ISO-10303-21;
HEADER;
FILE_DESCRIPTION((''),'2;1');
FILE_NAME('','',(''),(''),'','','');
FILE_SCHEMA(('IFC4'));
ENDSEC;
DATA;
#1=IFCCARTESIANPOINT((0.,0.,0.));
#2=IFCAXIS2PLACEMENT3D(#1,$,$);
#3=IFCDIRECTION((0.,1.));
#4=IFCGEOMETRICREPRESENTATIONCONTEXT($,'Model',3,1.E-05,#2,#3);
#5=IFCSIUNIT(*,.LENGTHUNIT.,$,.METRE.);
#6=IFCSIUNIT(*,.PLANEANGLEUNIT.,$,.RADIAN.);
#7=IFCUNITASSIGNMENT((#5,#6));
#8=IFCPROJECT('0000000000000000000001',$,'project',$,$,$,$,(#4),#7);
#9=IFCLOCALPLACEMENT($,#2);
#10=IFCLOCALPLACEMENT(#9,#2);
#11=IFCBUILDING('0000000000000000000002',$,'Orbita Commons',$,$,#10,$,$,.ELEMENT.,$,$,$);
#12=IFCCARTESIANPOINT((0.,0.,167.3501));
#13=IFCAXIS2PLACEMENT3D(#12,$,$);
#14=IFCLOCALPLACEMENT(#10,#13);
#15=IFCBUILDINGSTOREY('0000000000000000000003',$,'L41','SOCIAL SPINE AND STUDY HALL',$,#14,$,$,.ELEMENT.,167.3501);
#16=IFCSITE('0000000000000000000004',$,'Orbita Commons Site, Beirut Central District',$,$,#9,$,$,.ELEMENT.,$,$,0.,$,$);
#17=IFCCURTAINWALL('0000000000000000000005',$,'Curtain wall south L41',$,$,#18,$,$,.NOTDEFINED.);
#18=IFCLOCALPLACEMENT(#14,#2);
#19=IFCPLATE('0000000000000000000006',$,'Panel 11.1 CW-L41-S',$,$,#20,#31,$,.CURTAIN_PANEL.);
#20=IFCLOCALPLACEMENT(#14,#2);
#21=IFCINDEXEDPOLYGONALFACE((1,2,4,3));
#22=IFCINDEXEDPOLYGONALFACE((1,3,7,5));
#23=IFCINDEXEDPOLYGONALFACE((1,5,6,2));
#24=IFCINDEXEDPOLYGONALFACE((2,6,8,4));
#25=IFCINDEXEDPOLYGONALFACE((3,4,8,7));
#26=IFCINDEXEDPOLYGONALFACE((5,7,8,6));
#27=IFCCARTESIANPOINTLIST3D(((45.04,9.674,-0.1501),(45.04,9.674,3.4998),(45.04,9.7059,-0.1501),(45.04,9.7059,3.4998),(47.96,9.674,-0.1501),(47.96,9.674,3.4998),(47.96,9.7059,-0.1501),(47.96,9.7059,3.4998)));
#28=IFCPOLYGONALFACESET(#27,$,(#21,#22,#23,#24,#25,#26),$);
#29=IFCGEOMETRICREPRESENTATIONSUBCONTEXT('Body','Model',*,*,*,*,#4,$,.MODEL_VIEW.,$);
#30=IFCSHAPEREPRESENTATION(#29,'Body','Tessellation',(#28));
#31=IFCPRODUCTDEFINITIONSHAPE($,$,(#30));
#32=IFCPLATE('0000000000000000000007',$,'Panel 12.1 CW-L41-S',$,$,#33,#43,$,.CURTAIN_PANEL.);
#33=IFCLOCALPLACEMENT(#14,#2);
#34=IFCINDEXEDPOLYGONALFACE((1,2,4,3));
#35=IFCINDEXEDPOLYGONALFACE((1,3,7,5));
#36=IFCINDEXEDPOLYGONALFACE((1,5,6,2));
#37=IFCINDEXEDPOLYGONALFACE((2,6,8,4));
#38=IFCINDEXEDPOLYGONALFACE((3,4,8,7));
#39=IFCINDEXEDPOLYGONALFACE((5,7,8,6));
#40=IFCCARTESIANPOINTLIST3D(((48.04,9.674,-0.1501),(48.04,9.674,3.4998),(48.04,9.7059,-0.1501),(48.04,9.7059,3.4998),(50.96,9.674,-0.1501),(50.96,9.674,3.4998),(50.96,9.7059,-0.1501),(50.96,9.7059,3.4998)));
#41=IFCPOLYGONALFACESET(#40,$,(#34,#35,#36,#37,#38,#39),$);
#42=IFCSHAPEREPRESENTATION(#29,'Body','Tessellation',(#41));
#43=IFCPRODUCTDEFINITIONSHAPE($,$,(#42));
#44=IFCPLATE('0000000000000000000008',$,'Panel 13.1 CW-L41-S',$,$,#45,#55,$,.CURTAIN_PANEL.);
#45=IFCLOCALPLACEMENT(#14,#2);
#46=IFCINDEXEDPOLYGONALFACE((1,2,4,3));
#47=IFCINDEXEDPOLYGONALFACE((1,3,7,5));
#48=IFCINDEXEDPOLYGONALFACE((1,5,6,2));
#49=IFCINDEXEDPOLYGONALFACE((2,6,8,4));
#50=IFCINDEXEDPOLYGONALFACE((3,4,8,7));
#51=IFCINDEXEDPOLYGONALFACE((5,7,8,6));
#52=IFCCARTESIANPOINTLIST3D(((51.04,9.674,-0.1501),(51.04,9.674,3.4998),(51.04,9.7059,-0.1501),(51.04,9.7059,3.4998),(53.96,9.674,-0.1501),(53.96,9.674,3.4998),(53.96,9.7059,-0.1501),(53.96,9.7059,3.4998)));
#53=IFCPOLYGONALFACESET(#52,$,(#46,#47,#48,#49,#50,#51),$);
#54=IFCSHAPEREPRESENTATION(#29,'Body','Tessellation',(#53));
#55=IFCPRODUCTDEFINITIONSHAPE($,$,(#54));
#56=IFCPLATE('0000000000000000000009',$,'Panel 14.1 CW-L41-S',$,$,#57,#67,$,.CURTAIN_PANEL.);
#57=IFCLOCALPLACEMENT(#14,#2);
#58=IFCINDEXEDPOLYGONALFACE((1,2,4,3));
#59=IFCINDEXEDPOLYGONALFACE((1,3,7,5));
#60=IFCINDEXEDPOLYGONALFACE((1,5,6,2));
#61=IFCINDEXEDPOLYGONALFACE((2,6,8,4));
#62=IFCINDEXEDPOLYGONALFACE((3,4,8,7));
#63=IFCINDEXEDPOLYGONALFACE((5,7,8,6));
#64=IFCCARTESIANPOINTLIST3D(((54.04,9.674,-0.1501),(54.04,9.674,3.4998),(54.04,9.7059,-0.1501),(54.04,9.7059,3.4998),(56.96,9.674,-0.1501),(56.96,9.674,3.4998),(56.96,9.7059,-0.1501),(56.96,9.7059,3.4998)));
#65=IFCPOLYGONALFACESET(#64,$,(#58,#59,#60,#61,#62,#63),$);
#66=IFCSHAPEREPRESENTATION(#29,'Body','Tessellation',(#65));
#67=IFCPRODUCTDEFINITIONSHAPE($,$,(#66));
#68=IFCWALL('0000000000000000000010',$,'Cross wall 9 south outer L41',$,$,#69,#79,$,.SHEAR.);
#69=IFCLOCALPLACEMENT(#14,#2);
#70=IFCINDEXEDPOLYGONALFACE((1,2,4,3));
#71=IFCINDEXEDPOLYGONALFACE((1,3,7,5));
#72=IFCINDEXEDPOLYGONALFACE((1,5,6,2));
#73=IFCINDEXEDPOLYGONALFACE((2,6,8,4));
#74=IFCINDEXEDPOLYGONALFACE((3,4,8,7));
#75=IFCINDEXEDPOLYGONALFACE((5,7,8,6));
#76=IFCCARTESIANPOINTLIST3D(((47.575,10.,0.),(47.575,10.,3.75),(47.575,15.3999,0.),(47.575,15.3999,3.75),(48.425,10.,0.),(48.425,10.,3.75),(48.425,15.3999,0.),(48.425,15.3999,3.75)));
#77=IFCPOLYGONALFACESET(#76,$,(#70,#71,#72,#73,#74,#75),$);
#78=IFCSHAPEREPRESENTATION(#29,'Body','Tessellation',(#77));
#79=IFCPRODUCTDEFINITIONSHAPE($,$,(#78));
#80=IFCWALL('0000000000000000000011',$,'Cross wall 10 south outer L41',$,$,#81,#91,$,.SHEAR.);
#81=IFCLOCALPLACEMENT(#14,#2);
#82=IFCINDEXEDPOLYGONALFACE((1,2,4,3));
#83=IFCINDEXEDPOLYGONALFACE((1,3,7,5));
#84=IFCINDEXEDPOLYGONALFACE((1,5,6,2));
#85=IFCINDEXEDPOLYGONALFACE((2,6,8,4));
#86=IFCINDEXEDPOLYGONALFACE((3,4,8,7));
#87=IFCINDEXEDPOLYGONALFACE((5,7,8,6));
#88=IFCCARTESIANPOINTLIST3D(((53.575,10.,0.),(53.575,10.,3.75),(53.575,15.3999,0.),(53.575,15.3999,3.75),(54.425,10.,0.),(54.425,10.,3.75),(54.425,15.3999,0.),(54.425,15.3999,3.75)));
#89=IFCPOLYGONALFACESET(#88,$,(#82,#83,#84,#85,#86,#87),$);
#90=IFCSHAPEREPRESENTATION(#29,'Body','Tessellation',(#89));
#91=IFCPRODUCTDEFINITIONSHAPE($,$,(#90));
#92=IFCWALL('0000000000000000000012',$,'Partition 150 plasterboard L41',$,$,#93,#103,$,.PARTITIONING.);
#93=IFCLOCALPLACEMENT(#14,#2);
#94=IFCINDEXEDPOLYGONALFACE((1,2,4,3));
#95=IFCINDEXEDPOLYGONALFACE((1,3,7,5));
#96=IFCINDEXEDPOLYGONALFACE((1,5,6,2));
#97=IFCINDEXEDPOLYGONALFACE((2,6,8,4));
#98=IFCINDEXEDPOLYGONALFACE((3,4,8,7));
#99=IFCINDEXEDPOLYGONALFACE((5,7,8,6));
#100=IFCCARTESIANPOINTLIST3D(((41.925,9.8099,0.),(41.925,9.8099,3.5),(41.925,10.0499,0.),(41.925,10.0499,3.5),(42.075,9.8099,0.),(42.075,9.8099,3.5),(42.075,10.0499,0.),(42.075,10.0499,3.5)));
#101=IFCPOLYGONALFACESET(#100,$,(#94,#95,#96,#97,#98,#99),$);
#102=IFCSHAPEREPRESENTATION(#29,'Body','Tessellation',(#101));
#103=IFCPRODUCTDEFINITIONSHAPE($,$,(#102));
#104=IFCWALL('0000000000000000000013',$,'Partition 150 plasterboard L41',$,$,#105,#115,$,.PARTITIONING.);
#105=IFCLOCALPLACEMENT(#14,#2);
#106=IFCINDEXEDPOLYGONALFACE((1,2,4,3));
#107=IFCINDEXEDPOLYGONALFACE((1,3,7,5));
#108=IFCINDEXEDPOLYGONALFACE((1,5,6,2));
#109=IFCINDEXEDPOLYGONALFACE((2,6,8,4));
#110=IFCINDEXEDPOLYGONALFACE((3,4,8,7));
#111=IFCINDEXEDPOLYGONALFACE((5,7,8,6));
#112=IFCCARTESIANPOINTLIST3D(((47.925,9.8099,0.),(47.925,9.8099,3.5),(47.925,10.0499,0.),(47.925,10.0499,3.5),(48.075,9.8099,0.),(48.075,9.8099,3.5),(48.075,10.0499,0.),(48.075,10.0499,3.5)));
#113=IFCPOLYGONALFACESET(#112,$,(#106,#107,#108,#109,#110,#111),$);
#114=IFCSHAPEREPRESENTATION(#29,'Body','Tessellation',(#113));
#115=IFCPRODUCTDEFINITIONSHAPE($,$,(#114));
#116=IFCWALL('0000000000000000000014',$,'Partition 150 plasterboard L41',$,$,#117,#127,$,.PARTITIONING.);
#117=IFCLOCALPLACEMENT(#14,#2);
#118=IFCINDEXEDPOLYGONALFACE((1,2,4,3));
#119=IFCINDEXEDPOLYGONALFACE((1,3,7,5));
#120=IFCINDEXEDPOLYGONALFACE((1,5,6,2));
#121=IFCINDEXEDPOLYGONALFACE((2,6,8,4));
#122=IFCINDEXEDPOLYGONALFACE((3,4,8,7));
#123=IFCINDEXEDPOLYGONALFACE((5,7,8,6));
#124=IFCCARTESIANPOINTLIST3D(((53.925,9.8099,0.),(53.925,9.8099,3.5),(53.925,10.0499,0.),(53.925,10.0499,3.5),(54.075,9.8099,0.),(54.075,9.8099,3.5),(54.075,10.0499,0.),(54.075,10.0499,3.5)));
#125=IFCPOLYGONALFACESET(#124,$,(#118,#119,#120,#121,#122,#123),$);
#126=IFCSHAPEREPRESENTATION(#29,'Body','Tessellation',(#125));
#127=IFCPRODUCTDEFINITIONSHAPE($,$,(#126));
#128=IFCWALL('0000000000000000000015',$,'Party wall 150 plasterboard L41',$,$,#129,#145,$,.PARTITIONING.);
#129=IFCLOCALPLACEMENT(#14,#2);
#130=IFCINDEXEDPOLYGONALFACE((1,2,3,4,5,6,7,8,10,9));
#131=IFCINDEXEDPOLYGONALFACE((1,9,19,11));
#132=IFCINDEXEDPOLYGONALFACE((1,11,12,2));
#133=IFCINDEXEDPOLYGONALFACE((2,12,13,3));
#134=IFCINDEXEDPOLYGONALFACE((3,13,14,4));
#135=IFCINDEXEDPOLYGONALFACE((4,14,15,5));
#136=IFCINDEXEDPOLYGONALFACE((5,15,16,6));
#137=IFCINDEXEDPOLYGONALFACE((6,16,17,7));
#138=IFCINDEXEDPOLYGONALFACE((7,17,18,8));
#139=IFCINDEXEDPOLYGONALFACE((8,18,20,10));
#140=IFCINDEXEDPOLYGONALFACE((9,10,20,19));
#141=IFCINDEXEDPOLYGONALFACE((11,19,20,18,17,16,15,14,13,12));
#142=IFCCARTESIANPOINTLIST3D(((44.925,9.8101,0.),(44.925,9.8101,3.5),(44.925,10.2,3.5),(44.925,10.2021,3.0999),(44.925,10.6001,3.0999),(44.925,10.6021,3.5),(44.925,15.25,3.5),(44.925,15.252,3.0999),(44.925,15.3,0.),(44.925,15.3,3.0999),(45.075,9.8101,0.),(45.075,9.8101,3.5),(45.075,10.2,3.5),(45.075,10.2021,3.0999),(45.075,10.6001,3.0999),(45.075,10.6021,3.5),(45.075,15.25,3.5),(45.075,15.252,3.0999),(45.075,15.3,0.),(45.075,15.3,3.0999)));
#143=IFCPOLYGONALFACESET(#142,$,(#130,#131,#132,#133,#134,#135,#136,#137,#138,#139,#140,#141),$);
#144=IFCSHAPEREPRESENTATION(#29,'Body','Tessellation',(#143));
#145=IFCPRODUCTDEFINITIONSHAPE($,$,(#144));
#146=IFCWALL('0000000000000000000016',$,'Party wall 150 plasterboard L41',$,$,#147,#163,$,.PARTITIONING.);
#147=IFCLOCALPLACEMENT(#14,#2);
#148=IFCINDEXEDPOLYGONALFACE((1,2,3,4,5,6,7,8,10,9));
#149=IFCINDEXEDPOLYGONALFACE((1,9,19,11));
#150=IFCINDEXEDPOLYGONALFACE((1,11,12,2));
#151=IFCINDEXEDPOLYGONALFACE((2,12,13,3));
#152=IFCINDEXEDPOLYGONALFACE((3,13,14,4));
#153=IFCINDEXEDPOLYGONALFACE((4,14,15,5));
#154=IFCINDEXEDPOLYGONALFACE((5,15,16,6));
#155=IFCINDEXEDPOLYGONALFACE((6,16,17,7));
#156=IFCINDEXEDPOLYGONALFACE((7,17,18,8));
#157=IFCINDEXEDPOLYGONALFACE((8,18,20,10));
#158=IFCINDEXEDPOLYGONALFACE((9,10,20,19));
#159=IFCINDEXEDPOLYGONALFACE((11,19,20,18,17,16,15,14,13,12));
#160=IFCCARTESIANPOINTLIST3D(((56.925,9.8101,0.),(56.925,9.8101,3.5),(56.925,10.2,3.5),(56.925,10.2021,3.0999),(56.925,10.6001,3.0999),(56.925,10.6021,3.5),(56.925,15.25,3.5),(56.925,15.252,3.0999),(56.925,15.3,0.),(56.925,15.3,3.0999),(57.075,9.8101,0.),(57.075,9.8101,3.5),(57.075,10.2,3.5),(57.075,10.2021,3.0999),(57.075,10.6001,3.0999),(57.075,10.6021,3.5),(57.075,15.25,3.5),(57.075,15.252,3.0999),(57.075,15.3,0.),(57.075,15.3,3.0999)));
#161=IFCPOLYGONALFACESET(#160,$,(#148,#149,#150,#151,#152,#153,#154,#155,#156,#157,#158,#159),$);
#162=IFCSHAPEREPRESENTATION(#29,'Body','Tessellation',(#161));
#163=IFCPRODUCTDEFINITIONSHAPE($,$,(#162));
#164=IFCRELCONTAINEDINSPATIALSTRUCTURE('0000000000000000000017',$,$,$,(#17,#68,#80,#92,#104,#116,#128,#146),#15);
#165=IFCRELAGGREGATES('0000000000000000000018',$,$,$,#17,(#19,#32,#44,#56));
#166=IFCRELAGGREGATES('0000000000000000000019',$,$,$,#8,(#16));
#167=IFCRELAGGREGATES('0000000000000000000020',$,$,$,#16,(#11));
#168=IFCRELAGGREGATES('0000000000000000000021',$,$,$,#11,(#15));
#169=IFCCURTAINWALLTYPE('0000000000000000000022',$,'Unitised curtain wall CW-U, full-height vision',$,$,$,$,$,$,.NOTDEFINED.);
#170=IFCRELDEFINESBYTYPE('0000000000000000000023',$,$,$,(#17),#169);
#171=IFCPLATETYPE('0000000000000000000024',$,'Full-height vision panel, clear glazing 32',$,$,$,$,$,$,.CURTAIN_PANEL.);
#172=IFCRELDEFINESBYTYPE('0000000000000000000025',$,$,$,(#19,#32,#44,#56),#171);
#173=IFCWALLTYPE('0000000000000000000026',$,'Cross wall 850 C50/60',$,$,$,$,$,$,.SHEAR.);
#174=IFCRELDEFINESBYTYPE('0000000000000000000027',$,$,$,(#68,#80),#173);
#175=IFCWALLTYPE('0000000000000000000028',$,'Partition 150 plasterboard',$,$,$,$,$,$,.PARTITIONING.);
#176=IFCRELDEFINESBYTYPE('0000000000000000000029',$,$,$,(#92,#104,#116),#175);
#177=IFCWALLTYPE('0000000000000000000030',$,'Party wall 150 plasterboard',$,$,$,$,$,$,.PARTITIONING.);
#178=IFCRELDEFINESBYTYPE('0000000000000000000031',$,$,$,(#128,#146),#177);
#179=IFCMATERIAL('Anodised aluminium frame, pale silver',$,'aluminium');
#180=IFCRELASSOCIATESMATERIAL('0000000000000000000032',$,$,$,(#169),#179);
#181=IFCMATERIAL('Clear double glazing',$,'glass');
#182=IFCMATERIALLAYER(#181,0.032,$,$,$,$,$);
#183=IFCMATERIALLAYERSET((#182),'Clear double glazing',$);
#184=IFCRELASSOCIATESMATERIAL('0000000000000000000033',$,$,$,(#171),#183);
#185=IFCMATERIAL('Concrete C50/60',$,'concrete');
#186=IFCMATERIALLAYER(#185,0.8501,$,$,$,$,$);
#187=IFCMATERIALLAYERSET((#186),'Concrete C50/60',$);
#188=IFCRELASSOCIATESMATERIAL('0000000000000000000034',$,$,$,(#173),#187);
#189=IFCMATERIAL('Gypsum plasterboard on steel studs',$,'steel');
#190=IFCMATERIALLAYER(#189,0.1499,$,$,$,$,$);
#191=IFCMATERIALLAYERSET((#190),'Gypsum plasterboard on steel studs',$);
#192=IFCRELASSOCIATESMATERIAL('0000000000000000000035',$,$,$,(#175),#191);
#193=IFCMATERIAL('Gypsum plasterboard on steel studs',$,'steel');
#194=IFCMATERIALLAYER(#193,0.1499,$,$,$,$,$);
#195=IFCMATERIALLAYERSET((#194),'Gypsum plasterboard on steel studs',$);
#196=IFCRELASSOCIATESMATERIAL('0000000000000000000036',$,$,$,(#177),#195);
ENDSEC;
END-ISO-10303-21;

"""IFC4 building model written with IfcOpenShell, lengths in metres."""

from ifc_helpers import new_model, si_unit, direction, frame, frame_2d, origin, origin_2d, place, context, subcontext, project, spatial, polyline, rectangle, outline, extrude, material, layer, layer_set, type_object, element, aggregate, save


model = new_model("IFC4")

# Units and contexts
model_context = context("Model", 3, precision=1e-05, world=origin(), true_north=direction((0.0, 1.0)))
body_context = subcontext(model_context, "Body", "Model", "MODEL_VIEW")
ifc_project = project(units=[si_unit("LENGTHUNIT", "METRE"), si_unit("PLANEANGLEUNIT", "RADIAN")], contexts=[model_context])

# Site, building, storey
site_placement = place(None, origin())
site = spatial("IfcSite", under=ifc_project, at=site_placement, Name="Orbita Commons Site, Beirut Central District", CompositionType="ELEMENT", RefElevation=0.0)
building_placement = place(site_placement, origin())
building = spatial("IfcBuilding", under=site, at=building_placement, Name="Orbita Commons", CompositionType="ELEMENT")
storey_placement = place(building_placement, frame((0.0, 0.0, 167.3501)))
storey = spatial("IfcBuildingStorey", under=building, at=storey_placement, Name="L41", Description="SOCIAL SPINE AND STUDY HALL", CompositionType="ELEMENT", Elevation=167.3501)

# Curtain wall, plates
ifc_material_1 = material(Name="Anodised aluminium frame, pale silver", Category="aluminium")
curtain_wall_type = type_object("IfcCurtainWallType", Name="Unitised curtain wall CW-U, full-height vision", PredefinedType="NOTDEFINED", material=ifc_material_1)
curtain_wall_placement = place(storey_placement, origin())
curtain_wall = element("IfcCurtainWall", 1, at=curtain_wall_placement, inside=storey, type_object=curtain_wall_type, Name="Curtain wall south L41", PredefinedType="NOTDEFINED")
ifc_material_2 = material(Name="Clear double glazing", Category="glass")
ifc_layer_1 = layer(ifc_material_2, 0.032)
ifc_layer_set_1 = layer_set([ifc_layer_1], Name="Clear double glazing")
plate_type = type_object("IfcPlateType", Name="Full-height vision panel, clear glazing 32", PredefinedType="CURTAIN_PANEL", material=ifc_layer_set_1)
plate_1_placement = place(storey_placement, frame((46.5, 9.6899, -0.1501), z_axis=(0.0, 0.0, 1.0), x_axis=(1.0, 0.0, 0.0)))
plate_1 = element("IfcPlate", 2, at=plate_1_placement, type_object=plate_type, Name="Panel 11.1 CW-L41-S", PredefinedType="CURTAIN_PANEL", context=body_context, shape_type="SweptSolid", body=[
    extrude(rectangle(XDim=2.9199, YDim=0.032, at=origin_2d()), origin(), (0.0, 0.0, 1.0), 3.6499),
])
plate_2_placement = place(storey_placement, frame((49.5, 9.6899, -0.1501), z_axis=(0.0, 0.0, 1.0), x_axis=(1.0, 0.0, 0.0)))
plate_2 = element("IfcPlate", 3, at=plate_2_placement, type_object=plate_type, Name="Panel 12.1 CW-L41-S", PredefinedType="CURTAIN_PANEL", context=body_context, shape_type="SweptSolid", body=[
    extrude(rectangle(XDim=2.9199, YDim=0.032, at=origin_2d()), origin(), (0.0, 0.0, 1.0), 3.6499),
])
plate_3_placement = place(storey_placement, frame((52.5, 9.6899, -0.1501), z_axis=(0.0, 0.0, 1.0), x_axis=(1.0, 0.0, 0.0)))
plate_3 = element("IfcPlate", 4, at=plate_3_placement, type_object=plate_type, Name="Panel 13.1 CW-L41-S", PredefinedType="CURTAIN_PANEL", context=body_context, shape_type="SweptSolid", body=[
    extrude(rectangle(XDim=2.9199, YDim=0.032, at=origin_2d()), origin(), (0.0, 0.0, 1.0), 3.6499),
])
plate_4_placement = place(storey_placement, frame((55.5, 9.6899, -0.1501), z_axis=(0.0, 0.0, 1.0), x_axis=(1.0, 0.0, 0.0)))
plate_4 = element("IfcPlate", 5, at=plate_4_placement, type_object=plate_type, Name="Panel 14.1 CW-L41-S", PredefinedType="CURTAIN_PANEL", context=body_context, shape_type="SweptSolid", body=[
    extrude(rectangle(XDim=2.9199, YDim=0.032, at=origin_2d()), origin(), (0.0, 0.0, 1.0), 3.6499),
])
aggregate(curtain_wall, [plate_1, plate_2, plate_3, plate_4])

# Walls
ifc_material_3 = material(Name="Concrete C50/60", Category="concrete")
ifc_layer_2 = layer(ifc_material_3, 0.8501)
ifc_layer_set_2 = layer_set([ifc_layer_2], Name="Concrete C50/60")
wall_type_1 = type_object("IfcWallType", Name="Cross wall 850 C50/60", PredefinedType="SHEAR", material=ifc_layer_set_2)
for number, where, z_axis, x_axis, name in (
    (6, (48.0, 10.0, 0.0), (0.0, 0.0, 1.0), (0.0, 1.0, 0.0), "Cross wall 9 south outer L41"),
    (7, (54.0, 10.0, 0.0), (0.0, 0.0, 1.0), (0.0, 1.0, 0.0), "Cross wall 10 south outer L41"),
):
    element("IfcWall", number, at=place(storey_placement, frame(where, z_axis=z_axis, x_axis=x_axis)), inside=storey, type_object=wall_type_1, Name=name, PredefinedType="SHEAR", context=body_context, shape_type="SweptSolid", body=[
        extrude(rectangle(XDim=5.3999, YDim=0.8501, at=frame_2d((2.7, 0.0))), origin(), (0.0, 0.0, 1.0), 3.75),
    ])
ifc_material_4 = material(Name="Gypsum plasterboard on steel studs", Category="steel")
ifc_layer_3 = layer(ifc_material_4, 0.1499)
ifc_layer_set_3 = layer_set([ifc_layer_3], Name="Gypsum plasterboard on steel studs")
wall_type_2 = type_object("IfcWallType", Name="Partition 150 plasterboard", PredefinedType="PARTITIONING", material=ifc_layer_set_3)
for number, where, z_axis, x_axis, name in (
    (8, (42.0, 10.05, 0.0), (0.0, 0.0, 1.0), (0.0, -1.0, 0.0), "Partition 150 plasterboard L41"),
    (9, (48.0, 10.05, 0.0), (0.0, 0.0, 1.0), (0.0, -1.0, 0.0), "Partition 150 plasterboard L41"),
    (10, (54.0, 10.05, 0.0), (0.0, 0.0, 1.0), (0.0, -1.0, 0.0), "Partition 150 plasterboard L41"),
):
    element("IfcWall", number, at=place(storey_placement, frame(where, z_axis=z_axis, x_axis=x_axis)), inside=storey, type_object=wall_type_2, Name=name, PredefinedType="PARTITIONING", context=body_context, shape_type="SweptSolid", body=[
        extrude(rectangle(XDim=0.24, YDim=0.1499, at=frame_2d((0.1201, 0.0))), origin(), (0.0, 0.0, 1.0), 3.5),
    ])
ifc_material_5 = material(Name="Gypsum plasterboard on steel studs", Category="steel")
ifc_layer_4 = layer(ifc_material_5, 0.1499)
ifc_layer_set_4 = layer_set([ifc_layer_4], Name="Gypsum plasterboard on steel studs")
wall_type_3 = type_object("IfcWallType", Name="Party wall 150 plasterboard", PredefinedType="PARTITIONING", material=ifc_layer_set_4)
for number, where, z_axis, x_axis, name in (
    (11, (45.0, 9.8101, 0.0), (0.0, 0.0, 1.0), (0.0, 1.0, 0.0), "Party wall 150 plasterboard L41"),
    (12, (57.0, 9.8101, 0.0), (0.0, 0.0, 1.0), (0.0, 1.0, 0.0), "Party wall 150 plasterboard L41"),
):
    element("IfcWall", number, at=place(storey_placement, frame(where, z_axis=z_axis, x_axis=x_axis)), inside=storey, type_object=wall_type_3, Name=name, PredefinedType="PARTITIONING", context=body_context, shape_type="SweptSolid", body=[
        extrude(outline(polyline([(0.0, 0.0), (5.49, 0.0), (5.49, 3.0999), (5.4419, 3.0999), (5.4399, 3.5), (0.792, 3.5), (0.79, 3.0999), (0.3921, 3.0999), (0.3899, 3.5), (0.0, 3.5), (0.0, 0.0)])), frame((0.0, 0.075, 0.0), z_axis=(0.0, -1.0, 0.0), x_axis=(1.0, 0.0, 0.0)), (0.0, 0.0, 1.0), 0.1499),
    ])

save(model, "model.ifc")
